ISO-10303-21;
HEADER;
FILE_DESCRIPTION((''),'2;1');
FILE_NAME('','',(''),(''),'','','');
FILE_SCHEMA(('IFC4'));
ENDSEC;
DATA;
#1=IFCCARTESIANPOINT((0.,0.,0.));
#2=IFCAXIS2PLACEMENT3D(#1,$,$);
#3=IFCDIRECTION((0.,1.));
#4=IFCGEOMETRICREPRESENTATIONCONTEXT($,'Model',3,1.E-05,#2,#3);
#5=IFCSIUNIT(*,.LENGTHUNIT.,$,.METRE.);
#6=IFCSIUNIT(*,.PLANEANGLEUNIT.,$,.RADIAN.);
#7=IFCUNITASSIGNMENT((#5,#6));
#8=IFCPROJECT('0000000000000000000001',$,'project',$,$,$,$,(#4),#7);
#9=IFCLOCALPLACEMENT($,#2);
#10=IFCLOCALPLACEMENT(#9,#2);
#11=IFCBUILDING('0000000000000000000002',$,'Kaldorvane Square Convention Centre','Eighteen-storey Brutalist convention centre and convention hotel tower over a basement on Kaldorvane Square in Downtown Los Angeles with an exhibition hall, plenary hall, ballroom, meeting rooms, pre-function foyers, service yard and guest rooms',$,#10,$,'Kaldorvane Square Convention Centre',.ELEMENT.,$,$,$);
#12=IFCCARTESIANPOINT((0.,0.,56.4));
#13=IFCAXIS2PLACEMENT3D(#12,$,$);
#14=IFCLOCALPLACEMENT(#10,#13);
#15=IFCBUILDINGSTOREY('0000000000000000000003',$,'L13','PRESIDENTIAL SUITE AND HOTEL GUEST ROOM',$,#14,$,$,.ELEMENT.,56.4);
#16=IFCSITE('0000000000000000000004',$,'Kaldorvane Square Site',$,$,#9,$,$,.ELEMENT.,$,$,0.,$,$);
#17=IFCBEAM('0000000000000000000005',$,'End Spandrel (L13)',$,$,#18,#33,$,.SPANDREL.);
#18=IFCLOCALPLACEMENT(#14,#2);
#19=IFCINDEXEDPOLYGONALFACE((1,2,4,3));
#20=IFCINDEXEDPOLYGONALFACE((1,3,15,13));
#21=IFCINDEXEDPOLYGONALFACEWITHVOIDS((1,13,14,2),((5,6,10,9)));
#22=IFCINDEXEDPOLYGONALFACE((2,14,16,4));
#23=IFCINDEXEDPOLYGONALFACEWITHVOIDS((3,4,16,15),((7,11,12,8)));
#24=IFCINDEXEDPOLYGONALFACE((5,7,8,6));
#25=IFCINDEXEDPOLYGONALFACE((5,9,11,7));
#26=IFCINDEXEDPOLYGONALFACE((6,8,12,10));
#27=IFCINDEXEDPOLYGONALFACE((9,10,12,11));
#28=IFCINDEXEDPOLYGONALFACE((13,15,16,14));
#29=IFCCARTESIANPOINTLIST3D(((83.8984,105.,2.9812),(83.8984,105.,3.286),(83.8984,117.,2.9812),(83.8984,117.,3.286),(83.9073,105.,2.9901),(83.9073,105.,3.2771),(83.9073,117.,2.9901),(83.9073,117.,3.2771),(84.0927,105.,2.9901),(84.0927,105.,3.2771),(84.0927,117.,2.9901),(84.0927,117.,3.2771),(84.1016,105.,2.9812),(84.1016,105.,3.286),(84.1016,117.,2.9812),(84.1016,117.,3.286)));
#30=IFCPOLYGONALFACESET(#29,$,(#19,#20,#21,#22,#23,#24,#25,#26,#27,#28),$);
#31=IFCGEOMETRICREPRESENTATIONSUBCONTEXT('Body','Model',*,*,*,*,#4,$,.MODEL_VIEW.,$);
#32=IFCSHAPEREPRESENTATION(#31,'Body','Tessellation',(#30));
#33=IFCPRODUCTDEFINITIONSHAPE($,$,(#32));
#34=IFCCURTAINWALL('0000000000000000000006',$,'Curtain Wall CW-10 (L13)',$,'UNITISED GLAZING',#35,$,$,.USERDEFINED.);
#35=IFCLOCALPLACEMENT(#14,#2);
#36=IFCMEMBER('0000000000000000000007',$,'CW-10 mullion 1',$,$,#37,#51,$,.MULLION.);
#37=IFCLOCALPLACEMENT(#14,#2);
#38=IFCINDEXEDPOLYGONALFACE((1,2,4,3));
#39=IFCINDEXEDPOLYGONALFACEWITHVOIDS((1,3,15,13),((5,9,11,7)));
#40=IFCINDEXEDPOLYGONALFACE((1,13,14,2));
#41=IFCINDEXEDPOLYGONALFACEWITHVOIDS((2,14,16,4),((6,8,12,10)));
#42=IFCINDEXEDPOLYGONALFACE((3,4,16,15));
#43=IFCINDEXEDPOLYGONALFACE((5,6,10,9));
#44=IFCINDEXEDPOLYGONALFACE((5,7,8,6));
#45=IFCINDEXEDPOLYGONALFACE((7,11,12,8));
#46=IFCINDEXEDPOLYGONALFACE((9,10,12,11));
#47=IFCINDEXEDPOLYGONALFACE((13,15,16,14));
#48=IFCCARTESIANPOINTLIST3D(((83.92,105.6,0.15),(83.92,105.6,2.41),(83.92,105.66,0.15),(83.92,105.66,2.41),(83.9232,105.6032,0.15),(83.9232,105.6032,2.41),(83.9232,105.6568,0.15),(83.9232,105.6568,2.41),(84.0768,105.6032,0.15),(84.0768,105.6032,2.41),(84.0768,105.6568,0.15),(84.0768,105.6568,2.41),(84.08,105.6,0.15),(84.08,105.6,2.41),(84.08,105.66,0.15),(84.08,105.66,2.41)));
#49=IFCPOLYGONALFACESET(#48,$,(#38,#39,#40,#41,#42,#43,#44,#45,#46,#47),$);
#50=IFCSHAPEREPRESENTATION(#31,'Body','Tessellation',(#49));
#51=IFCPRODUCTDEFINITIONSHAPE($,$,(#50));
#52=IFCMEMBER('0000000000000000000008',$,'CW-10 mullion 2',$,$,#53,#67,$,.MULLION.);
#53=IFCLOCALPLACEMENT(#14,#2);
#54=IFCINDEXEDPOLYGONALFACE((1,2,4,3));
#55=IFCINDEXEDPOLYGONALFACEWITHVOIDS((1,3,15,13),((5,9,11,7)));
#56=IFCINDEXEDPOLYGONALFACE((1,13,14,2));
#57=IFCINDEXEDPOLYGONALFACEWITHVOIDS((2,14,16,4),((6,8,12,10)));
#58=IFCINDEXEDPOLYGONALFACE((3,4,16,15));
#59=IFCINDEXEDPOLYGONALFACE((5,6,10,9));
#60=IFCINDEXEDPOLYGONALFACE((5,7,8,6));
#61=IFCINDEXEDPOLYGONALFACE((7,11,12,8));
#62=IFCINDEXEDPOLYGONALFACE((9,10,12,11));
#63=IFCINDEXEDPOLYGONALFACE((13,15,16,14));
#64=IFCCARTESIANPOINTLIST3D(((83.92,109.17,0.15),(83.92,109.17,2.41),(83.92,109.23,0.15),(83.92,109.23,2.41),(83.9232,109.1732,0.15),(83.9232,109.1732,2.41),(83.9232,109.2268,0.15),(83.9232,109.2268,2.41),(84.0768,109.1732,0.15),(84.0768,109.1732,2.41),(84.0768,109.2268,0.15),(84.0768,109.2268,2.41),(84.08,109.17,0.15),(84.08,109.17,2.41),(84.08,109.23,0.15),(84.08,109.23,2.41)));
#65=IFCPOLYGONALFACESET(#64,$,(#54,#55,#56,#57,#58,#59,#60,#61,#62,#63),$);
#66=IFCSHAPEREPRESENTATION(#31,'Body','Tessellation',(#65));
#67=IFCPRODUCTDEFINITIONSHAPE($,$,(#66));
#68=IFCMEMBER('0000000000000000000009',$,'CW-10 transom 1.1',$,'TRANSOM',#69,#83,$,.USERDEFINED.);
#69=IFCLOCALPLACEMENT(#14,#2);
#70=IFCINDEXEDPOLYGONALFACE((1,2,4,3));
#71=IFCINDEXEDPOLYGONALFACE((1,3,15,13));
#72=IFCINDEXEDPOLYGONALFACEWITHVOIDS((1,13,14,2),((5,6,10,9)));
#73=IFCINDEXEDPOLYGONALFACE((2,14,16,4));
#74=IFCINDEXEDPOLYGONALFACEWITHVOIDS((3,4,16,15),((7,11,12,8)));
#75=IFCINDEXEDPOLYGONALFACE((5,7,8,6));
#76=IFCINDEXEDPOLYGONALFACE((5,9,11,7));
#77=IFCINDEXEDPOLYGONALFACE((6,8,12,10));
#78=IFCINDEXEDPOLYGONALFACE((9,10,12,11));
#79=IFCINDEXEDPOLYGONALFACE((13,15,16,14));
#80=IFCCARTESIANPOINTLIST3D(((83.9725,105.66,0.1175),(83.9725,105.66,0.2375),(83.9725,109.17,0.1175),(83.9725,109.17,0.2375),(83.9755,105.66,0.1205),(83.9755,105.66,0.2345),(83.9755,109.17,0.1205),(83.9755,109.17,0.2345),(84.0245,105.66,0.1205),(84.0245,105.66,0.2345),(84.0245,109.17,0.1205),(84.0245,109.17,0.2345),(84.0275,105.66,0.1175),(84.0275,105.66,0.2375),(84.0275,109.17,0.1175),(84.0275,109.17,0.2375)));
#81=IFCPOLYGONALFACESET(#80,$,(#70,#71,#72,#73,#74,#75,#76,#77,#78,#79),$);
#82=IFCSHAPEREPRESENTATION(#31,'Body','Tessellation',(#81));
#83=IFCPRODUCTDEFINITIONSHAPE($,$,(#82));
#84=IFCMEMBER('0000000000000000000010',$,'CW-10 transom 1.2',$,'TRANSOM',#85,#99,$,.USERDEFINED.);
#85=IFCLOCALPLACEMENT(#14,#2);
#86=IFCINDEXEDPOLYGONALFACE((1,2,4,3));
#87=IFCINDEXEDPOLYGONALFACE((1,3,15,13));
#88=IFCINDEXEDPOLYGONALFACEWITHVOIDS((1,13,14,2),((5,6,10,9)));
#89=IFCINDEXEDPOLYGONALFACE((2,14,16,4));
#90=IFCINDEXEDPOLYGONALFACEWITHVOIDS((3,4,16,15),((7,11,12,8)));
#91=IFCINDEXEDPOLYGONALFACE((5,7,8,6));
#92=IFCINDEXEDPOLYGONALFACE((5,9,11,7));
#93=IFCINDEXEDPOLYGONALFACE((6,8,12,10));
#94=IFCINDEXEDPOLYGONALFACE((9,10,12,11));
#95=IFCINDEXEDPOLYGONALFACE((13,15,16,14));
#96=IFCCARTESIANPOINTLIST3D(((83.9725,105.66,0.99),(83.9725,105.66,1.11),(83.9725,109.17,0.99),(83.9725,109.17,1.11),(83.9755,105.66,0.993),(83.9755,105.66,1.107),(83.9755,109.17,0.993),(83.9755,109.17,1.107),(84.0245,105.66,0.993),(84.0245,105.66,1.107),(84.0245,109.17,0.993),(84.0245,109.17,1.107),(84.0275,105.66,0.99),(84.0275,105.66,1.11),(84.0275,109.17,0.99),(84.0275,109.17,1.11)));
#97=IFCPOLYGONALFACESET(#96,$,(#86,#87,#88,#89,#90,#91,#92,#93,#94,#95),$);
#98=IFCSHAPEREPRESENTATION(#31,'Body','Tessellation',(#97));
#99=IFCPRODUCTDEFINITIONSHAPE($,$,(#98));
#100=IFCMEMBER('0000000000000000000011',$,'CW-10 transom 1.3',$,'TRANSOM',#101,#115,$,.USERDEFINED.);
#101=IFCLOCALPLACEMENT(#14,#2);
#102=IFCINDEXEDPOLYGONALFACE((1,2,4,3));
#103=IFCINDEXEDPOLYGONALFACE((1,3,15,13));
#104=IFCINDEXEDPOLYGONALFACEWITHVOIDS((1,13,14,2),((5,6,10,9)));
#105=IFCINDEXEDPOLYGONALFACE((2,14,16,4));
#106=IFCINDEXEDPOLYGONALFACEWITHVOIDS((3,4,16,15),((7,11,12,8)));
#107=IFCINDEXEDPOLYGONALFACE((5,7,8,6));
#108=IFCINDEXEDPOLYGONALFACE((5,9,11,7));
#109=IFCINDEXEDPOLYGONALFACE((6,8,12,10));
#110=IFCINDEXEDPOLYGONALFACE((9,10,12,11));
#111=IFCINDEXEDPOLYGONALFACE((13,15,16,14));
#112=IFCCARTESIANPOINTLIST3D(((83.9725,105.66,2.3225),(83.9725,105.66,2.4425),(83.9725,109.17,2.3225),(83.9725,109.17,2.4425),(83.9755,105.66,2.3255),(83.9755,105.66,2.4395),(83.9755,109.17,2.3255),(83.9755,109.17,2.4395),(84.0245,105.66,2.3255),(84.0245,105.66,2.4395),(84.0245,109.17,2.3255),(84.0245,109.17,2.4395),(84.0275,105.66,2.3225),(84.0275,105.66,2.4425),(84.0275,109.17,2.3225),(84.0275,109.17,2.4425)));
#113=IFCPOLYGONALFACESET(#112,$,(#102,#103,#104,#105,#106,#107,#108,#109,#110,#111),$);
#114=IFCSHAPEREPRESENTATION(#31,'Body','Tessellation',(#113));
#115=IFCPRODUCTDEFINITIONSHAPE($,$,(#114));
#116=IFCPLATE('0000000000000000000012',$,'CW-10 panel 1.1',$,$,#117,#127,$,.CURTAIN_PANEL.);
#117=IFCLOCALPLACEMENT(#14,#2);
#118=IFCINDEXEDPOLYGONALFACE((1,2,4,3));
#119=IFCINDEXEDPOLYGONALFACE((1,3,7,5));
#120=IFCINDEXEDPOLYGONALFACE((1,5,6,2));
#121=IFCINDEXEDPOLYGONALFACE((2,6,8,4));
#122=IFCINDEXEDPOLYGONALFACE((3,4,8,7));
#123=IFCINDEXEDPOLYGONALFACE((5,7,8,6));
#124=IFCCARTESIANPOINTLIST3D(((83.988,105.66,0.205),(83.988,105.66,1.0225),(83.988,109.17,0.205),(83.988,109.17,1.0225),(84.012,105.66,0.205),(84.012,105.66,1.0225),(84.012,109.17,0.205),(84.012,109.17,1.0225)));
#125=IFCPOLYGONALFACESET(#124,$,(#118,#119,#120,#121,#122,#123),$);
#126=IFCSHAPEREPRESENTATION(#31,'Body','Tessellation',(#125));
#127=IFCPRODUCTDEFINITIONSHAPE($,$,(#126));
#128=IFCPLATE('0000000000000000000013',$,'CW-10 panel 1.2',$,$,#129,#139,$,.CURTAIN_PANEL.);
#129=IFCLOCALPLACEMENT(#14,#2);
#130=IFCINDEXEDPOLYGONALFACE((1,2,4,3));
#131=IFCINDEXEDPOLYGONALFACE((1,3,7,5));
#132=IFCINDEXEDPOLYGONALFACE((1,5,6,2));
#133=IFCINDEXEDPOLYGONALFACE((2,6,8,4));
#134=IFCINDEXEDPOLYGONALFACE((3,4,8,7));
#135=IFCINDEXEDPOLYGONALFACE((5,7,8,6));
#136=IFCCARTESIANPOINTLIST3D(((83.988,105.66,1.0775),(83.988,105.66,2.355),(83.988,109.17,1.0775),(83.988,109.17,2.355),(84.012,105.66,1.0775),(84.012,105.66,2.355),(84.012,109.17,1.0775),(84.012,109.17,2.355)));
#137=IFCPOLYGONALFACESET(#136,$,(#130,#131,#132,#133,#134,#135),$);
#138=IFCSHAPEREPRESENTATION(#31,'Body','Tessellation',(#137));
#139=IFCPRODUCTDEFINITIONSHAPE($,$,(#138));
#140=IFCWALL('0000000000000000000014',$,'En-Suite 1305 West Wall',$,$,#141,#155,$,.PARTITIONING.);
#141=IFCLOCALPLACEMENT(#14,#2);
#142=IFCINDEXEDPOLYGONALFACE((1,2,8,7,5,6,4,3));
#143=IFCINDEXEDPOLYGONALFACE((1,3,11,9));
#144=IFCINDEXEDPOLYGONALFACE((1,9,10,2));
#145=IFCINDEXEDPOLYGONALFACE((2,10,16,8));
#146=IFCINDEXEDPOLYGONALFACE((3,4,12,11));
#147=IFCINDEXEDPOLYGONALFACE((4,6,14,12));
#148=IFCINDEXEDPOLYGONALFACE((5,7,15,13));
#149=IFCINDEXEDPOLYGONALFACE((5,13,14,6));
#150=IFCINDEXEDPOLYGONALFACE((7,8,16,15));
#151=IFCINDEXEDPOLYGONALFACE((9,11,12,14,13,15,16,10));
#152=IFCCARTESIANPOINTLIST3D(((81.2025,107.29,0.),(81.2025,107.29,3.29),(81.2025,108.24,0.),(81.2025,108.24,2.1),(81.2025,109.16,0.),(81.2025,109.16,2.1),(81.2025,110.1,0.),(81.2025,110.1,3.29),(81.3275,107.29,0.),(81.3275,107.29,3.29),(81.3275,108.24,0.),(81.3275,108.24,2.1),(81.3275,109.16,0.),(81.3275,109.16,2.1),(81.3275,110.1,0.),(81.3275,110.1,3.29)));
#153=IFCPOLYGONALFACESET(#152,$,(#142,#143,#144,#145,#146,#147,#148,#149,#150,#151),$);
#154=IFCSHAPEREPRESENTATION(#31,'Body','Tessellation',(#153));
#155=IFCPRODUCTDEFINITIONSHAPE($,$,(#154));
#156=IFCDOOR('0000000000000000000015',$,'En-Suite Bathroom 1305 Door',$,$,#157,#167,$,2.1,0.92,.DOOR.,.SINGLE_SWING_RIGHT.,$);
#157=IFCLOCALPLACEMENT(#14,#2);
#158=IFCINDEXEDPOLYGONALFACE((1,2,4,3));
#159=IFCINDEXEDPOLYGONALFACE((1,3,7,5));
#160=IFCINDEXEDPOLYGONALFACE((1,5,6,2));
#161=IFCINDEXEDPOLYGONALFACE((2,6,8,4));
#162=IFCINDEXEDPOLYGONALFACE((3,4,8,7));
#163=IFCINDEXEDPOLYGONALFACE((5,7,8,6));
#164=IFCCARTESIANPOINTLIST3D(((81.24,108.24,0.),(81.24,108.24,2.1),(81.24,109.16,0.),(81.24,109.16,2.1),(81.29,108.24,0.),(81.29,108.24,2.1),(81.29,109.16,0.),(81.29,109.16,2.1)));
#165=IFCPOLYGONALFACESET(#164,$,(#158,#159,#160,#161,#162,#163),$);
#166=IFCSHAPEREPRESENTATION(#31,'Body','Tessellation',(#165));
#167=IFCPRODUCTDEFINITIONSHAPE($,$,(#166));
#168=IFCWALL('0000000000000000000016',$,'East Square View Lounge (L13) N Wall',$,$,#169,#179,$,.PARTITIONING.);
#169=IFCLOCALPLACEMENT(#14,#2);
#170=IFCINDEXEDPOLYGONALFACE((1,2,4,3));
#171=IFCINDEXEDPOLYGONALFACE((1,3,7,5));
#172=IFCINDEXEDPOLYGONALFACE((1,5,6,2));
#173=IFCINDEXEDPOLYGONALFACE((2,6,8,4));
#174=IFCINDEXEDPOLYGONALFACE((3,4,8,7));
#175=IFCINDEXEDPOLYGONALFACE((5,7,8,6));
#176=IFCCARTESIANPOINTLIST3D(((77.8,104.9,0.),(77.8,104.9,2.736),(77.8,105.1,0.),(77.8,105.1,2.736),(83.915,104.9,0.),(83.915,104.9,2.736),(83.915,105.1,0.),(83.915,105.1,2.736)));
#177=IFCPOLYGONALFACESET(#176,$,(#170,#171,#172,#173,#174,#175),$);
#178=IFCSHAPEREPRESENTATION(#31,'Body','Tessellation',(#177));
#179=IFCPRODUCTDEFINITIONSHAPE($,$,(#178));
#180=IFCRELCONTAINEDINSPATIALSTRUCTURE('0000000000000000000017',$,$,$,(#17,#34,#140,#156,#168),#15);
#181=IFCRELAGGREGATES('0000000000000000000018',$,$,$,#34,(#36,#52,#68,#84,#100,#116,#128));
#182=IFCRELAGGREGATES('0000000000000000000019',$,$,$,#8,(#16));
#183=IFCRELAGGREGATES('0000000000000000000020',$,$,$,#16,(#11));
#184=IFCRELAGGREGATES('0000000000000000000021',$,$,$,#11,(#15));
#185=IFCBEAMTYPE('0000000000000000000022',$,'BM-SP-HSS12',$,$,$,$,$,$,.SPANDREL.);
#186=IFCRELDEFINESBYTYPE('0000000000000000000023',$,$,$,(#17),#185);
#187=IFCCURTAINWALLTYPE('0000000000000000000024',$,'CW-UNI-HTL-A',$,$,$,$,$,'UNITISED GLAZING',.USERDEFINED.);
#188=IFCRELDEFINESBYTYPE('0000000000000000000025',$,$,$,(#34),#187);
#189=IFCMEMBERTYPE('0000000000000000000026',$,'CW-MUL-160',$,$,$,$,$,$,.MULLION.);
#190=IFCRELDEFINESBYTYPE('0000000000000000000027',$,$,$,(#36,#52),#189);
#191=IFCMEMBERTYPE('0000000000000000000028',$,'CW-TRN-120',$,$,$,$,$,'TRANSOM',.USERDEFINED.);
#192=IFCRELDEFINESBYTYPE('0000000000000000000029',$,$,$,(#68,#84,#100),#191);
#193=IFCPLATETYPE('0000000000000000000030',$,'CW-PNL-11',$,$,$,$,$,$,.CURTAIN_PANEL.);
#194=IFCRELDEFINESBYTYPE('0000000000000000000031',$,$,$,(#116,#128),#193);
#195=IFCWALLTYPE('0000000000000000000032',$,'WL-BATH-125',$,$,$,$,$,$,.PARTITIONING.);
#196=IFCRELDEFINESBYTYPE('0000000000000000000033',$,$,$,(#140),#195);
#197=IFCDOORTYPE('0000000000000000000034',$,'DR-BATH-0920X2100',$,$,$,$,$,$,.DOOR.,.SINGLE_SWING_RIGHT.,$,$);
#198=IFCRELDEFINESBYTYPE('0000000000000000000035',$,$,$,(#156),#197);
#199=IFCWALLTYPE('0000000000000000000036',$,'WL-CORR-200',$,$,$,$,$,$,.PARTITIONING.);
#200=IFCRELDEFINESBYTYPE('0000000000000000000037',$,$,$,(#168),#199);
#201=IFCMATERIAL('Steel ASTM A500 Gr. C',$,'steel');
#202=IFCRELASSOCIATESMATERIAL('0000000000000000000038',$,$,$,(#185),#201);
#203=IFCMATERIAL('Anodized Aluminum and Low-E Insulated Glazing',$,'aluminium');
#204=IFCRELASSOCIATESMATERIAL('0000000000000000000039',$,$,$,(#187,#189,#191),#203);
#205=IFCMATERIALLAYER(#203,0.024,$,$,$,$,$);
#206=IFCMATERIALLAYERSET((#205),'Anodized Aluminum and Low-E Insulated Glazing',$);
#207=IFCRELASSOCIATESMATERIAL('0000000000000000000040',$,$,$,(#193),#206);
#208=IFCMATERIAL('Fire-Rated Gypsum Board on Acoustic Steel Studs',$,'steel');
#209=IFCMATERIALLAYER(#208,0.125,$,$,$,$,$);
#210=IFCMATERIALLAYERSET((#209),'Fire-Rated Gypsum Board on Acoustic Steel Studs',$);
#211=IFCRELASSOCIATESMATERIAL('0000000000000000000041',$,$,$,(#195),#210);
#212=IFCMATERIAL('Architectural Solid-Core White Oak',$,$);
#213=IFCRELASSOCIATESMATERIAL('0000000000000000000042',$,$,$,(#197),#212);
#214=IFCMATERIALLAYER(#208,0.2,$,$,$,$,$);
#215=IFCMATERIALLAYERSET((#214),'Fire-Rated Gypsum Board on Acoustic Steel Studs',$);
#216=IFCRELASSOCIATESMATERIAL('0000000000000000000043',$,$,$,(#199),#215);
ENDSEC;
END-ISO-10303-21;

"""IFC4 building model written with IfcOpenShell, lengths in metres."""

from ifc_helpers import new_model, si_unit, direction, frame, frame_2d, origin, origin_2d, place, context, subcontext, project, spatial, rectangle, hollow_rectangle, extrude, material, layer, layer_set, material_profile, profile_set, type_object, element, fill, aggregate, save


model = new_model("IFC4")

# Units and contexts
model_context = context("Model", 3, precision=1e-05, world=origin(), true_north=direction((0.0, 1.0)))
body_context = subcontext(model_context, "Body", "Model", "MODEL_VIEW")
ifc_project = project(units=[si_unit("LENGTHUNIT", "METRE"), si_unit("PLANEANGLEUNIT", "RADIAN")], contexts=[model_context])

# Site, building, storey
site_placement = place(None, origin())
site = spatial("IfcSite", under=ifc_project, at=site_placement, Name="Kaldorvane Square Site", CompositionType="ELEMENT", RefElevation=0.0)
building_placement = place(site_placement, origin())
building = spatial("IfcBuilding", under=site, at=building_placement, Name="Kaldorvane Square Convention Centre", Description="Eighteen-storey Brutalist convention centre and convention hotel tower over a basement on Kaldorvane Square in Downtown Los Angeles with an exhibition hall, plenary hall, ballroom, meeting rooms, pre-function foyers, service yard and guest rooms", LongName="Kaldorvane Square Convention Centre", CompositionType="ELEMENT")
storey_placement = place(building_placement, frame((0.0, 0.0, 56.4)))
storey = spatial("IfcBuildingStorey", under=building, at=storey_placement, Name="L13", Description="PRESIDENTIAL SUITE AND HOTEL GUEST ROOM", CompositionType="ELEMENT", Elevation=56.4)

# Beam
ifc_material_1 = material(Name="Steel ASTM A500 Gr. C", Category="steel")
ifc_material_profile_1 = material_profile(ifc_material_1, hollow_rectangle(XDim=0.2032, YDim=0.3048, WallThickness=0.0089, at=origin_2d()), Name="HSS12X8X3/8")
ifc_profile_set_1 = profile_set([ifc_material_profile_1], Name="Steel ASTM A500 Gr. C")
beam_type_1 = type_object("IfcBeamType", Name="BM-SP-HSS12", PredefinedType="SPANDREL", material=ifc_profile_set_1)
beam_1_placement = place(storey_placement, frame((84.0, 105.0, 3.1336), z_axis=(0.0, 1.0, 0.0), x_axis=(-1.0, 0.0, 0.0)))
element("IfcBeam", 1, at=beam_1_placement, inside=storey, type_object=beam_type_1, Name="End Spandrel (L13)", PredefinedType="SPANDREL", context=body_context, shape_type="SweptSolid", body=[
    extrude(hollow_rectangle(XDim=0.2032, YDim=0.3048, WallThickness=0.0089, at=origin_2d()), origin(), (0.0, 0.0, 1.0), 12.0),
])

# Curtain wall, members, plates
ifc_material_2 = material(Name="Anodized Aluminum and Low-E Insulated Glazing", Category="aluminium")
curtain_wall_type = type_object("IfcCurtainWallType", Name="CW-UNI-HTL-A", ElementType="UNITISED GLAZING", PredefinedType="USERDEFINED", material=ifc_material_2)
curtain_wall_placement = place(storey_placement, origin())
curtain_wall = element("IfcCurtainWall", 2, at=curtain_wall_placement, inside=storey, type_object=curtain_wall_type, Name="Curtain Wall CW-10 (L13)", ObjectType="UNITISED GLAZING", PredefinedType="USERDEFINED")
ifc_material_profile_2 = material_profile(ifc_material_2, hollow_rectangle(XDim=0.06, YDim=0.16, WallThickness=0.0032, at=origin_2d()), Name="CWM-160X60")
ifc_profile_set_2 = profile_set([ifc_material_profile_2], Name="Anodized Aluminum and Low-E Insulated Glazing")
member_type_1 = type_object("IfcMemberType", Name="CW-MUL-160", PredefinedType="MULLION", material=ifc_profile_set_2)
member_1_placement = place(storey_placement, frame((84.0, 105.63, 0.15), z_axis=(0.0, 0.0, 1.0), x_axis=(0.0, 1.0, 0.0)))
member_1 = element("IfcMember", 3, at=member_1_placement, type_object=member_type_1, Name="CW-10 mullion 1", PredefinedType="MULLION", context=body_context, shape_type="SweptSolid", body=[
    extrude(hollow_rectangle(XDim=0.06, YDim=0.16, WallThickness=0.0032, at=origin_2d()), origin(), (0.0, 0.0, 1.0), 2.26),
])
member_2_placement = place(storey_placement, frame((84.0, 109.2, 0.15), z_axis=(0.0, 0.0, 1.0), x_axis=(0.0, 1.0, 0.0)))
member_2 = element("IfcMember", 4, at=member_2_placement, type_object=member_type_1, Name="CW-10 mullion 2", PredefinedType="MULLION", context=body_context, shape_type="SweptSolid", body=[
    extrude(hollow_rectangle(XDim=0.06, YDim=0.16, WallThickness=0.0032, at=origin_2d()), origin(), (0.0, 0.0, 1.0), 2.26),
])
ifc_material_profile_3 = material_profile(ifc_material_2, hollow_rectangle(XDim=0.055, YDim=0.12, WallThickness=0.003, at=origin_2d()), Name="CWT-120X55")
ifc_profile_set_3 = profile_set([ifc_material_profile_3], Name="Anodized Aluminum and Low-E Insulated Glazing")
member_type_2 = type_object("IfcMemberType", Name="CW-TRN-120", ElementType="TRANSOM", PredefinedType="USERDEFINED", material=ifc_profile_set_3)
member_3_placement = place(storey_placement, frame((84.0, 105.66, 0.1775), z_axis=(0.0, 1.0, 0.0), x_axis=(-1.0, 0.0, 0.0)))
member_3 = element("IfcMember", 5, at=member_3_placement, type_object=member_type_2, Name="CW-10 transom 1.1", ObjectType="TRANSOM", PredefinedType="USERDEFINED", context=body_context, shape_type="SweptSolid", body=[
    extrude(hollow_rectangle(XDim=0.055, YDim=0.12, WallThickness=0.003, at=origin_2d()), origin(), (0.0, 0.0, 1.0), 3.51),
])
member_4_placement = place(storey_placement, frame((84.0, 105.66, 1.05), z_axis=(0.0, 1.0, 0.0), x_axis=(-1.0, 0.0, 0.0)))
member_4 = element("IfcMember", 6, at=member_4_placement, type_object=member_type_2, Name="CW-10 transom 1.2", ObjectType="TRANSOM", PredefinedType="USERDEFINED", context=body_context, shape_type="SweptSolid", body=[
    extrude(hollow_rectangle(XDim=0.055, YDim=0.12, WallThickness=0.003, at=origin_2d()), origin(), (0.0, 0.0, 1.0), 3.51),
])
member_5_placement = place(storey_placement, frame((84.0, 105.66, 2.3825), z_axis=(0.0, 1.0, 0.0), x_axis=(-1.0, 0.0, 0.0)))
member_5 = element("IfcMember", 7, at=member_5_placement, type_object=member_type_2, Name="CW-10 transom 1.3", ObjectType="TRANSOM", PredefinedType="USERDEFINED", context=body_context, shape_type="SweptSolid", body=[
    extrude(hollow_rectangle(XDim=0.055, YDim=0.12, WallThickness=0.003, at=origin_2d()), origin(), (0.0, 0.0, 1.0), 3.51),
])
ifc_layer_1 = layer(ifc_material_2, 0.024)
ifc_layer_set_1 = layer_set([ifc_layer_1], Name="Anodized Aluminum and Low-E Insulated Glazing")
plate_type = type_object("IfcPlateType", Name="CW-PNL-11", PredefinedType="CURTAIN_PANEL", material=ifc_layer_set_1)
plate_1_placement = place(storey_placement, frame((84.0, 107.415, 0.205), z_axis=(0.0, 0.0, 1.0), x_axis=(0.0, 1.0, 0.0)))
plate_1 = element("IfcPlate", 8, at=plate_1_placement, type_object=plate_type, Name="CW-10 panel 1.1", PredefinedType="CURTAIN_PANEL", context=body_context, shape_type="SweptSolid", body=[
    extrude(rectangle(XDim=3.51, YDim=0.024, at=origin_2d()), origin(), (0.0, 0.0, 1.0), 0.8175),
])
plate_2_placement = place(storey_placement, frame((84.0, 107.415, 1.0775), z_axis=(0.0, 0.0, 1.0), x_axis=(0.0, 1.0, 0.0)))
plate_2 = element("IfcPlate", 9, at=plate_2_placement, type_object=plate_type, Name="CW-10 panel 1.2", PredefinedType="CURTAIN_PANEL", context=body_context, shape_type="SweptSolid", body=[
    extrude(rectangle(XDim=3.51, YDim=0.024, at=origin_2d()), origin(), (0.0, 0.0, 1.0), 1.2775),
])
aggregate(curtain_wall, [member_1, member_2, member_3, member_4, member_5, plate_1, plate_2])

# Wall, opening, door
ifc_material_3 = material(Name="Fire-Rated Gypsum Board on Acoustic Steel Studs", Category="steel")
ifc_layer_2 = layer(ifc_material_3, 0.125)
ifc_layer_set_2 = layer_set([ifc_layer_2], Name="Fire-Rated Gypsum Board on Acoustic Steel Studs")
wall_type_1 = type_object("IfcWallType", Name="WL-BATH-125", PredefinedType="PARTITIONING", material=ifc_layer_set_2)
wall_1_placement = place(storey_placement, frame((81.265, 107.29, 0.0), z_axis=(0.0, 0.0, 1.0), x_axis=(0.0, 1.0, 0.0)))
wall_1 = element("IfcWall", 10, at=wall_1_placement, inside=storey, type_object=wall_type_1, Name="En-Suite 1305 West Wall", PredefinedType="PARTITIONING", context=body_context, shape_type="SweptSolid", body=[
    extrude(rectangle(XDim=2.81, YDim=0.125, at=frame_2d((1.405, 0.0))), origin(), (0.0, 0.0, 1.0), 3.29),
])
opening_1_placement = place(wall_1_placement, frame((0.95, 0.0, 0.0)))
opening_1 = element("IfcOpeningElement", 11, at=opening_1_placement, cuts=wall_1, PredefinedType="OPENING", context=body_context, shape_type="SweptSolid", body=[
    extrude(rectangle(XDim=0.92, YDim=2.1, at=frame_2d((0.46, 1.05))), frame((0.0, 0.0775, 0.0), z_axis=(0.0, -1.0, 0.0), x_axis=(1.0, 0.0, 0.0)), (0.0, 0.0, 1.0), 0.155),
])
ifc_material_4 = material(Name="Architectural Solid-Core White Oak")
door_type_1 = type_object("IfcDoorType", Name="DR-BATH-0920X2100", OperationType="SINGLE_SWING_RIGHT", PredefinedType="DOOR", material=ifc_material_4)
door_1_placement = place(opening_1_placement, origin())
door_1 = element("IfcDoor", 12, at=door_1_placement, inside=storey, type_object=door_type_1, Name="En-Suite Bathroom 1305 Door", OperationType="SINGLE_SWING_RIGHT", OverallHeight=2.1, OverallWidth=0.92, PredefinedType="DOOR", context=body_context, shape_type="SweptSolid", body=[
    extrude(rectangle(XDim=0.92, YDim=2.1, at=frame_2d((0.46, 1.05))), frame((0.0, 0.025, 0.0), z_axis=(0.0, -1.0, 0.0), x_axis=(1.0, 0.0, 0.0)), (0.0, 0.0, 1.0), 0.05),
])
fill(opening_1, door_1)

# Wall
ifc_layer_3 = layer(ifc_material_3, 0.2)
ifc_layer_set_3 = layer_set([ifc_layer_3], Name="Fire-Rated Gypsum Board on Acoustic Steel Studs")
wall_type_2 = type_object("IfcWallType", Name="WL-CORR-200", PredefinedType="PARTITIONING", material=ifc_layer_set_3)
wall_2_placement = place(storey_placement, frame((83.915, 105.0, 0.0), z_axis=(0.0, 0.0, 1.0), x_axis=(-1.0, 0.0, 0.0)))
element("IfcWall", 13, at=wall_2_placement, inside=storey, type_object=wall_type_2, Name="East Square View Lounge (L13) N Wall", PredefinedType="PARTITIONING", context=body_context, shape_type="SweptSolid", body=[
    extrude(rectangle(XDim=6.115, YDim=0.2, at=frame_2d((3.0575, 0.0))), origin(), (0.0, 0.0, 1.0), 2.736),
])

save(model, "model.ifc")
